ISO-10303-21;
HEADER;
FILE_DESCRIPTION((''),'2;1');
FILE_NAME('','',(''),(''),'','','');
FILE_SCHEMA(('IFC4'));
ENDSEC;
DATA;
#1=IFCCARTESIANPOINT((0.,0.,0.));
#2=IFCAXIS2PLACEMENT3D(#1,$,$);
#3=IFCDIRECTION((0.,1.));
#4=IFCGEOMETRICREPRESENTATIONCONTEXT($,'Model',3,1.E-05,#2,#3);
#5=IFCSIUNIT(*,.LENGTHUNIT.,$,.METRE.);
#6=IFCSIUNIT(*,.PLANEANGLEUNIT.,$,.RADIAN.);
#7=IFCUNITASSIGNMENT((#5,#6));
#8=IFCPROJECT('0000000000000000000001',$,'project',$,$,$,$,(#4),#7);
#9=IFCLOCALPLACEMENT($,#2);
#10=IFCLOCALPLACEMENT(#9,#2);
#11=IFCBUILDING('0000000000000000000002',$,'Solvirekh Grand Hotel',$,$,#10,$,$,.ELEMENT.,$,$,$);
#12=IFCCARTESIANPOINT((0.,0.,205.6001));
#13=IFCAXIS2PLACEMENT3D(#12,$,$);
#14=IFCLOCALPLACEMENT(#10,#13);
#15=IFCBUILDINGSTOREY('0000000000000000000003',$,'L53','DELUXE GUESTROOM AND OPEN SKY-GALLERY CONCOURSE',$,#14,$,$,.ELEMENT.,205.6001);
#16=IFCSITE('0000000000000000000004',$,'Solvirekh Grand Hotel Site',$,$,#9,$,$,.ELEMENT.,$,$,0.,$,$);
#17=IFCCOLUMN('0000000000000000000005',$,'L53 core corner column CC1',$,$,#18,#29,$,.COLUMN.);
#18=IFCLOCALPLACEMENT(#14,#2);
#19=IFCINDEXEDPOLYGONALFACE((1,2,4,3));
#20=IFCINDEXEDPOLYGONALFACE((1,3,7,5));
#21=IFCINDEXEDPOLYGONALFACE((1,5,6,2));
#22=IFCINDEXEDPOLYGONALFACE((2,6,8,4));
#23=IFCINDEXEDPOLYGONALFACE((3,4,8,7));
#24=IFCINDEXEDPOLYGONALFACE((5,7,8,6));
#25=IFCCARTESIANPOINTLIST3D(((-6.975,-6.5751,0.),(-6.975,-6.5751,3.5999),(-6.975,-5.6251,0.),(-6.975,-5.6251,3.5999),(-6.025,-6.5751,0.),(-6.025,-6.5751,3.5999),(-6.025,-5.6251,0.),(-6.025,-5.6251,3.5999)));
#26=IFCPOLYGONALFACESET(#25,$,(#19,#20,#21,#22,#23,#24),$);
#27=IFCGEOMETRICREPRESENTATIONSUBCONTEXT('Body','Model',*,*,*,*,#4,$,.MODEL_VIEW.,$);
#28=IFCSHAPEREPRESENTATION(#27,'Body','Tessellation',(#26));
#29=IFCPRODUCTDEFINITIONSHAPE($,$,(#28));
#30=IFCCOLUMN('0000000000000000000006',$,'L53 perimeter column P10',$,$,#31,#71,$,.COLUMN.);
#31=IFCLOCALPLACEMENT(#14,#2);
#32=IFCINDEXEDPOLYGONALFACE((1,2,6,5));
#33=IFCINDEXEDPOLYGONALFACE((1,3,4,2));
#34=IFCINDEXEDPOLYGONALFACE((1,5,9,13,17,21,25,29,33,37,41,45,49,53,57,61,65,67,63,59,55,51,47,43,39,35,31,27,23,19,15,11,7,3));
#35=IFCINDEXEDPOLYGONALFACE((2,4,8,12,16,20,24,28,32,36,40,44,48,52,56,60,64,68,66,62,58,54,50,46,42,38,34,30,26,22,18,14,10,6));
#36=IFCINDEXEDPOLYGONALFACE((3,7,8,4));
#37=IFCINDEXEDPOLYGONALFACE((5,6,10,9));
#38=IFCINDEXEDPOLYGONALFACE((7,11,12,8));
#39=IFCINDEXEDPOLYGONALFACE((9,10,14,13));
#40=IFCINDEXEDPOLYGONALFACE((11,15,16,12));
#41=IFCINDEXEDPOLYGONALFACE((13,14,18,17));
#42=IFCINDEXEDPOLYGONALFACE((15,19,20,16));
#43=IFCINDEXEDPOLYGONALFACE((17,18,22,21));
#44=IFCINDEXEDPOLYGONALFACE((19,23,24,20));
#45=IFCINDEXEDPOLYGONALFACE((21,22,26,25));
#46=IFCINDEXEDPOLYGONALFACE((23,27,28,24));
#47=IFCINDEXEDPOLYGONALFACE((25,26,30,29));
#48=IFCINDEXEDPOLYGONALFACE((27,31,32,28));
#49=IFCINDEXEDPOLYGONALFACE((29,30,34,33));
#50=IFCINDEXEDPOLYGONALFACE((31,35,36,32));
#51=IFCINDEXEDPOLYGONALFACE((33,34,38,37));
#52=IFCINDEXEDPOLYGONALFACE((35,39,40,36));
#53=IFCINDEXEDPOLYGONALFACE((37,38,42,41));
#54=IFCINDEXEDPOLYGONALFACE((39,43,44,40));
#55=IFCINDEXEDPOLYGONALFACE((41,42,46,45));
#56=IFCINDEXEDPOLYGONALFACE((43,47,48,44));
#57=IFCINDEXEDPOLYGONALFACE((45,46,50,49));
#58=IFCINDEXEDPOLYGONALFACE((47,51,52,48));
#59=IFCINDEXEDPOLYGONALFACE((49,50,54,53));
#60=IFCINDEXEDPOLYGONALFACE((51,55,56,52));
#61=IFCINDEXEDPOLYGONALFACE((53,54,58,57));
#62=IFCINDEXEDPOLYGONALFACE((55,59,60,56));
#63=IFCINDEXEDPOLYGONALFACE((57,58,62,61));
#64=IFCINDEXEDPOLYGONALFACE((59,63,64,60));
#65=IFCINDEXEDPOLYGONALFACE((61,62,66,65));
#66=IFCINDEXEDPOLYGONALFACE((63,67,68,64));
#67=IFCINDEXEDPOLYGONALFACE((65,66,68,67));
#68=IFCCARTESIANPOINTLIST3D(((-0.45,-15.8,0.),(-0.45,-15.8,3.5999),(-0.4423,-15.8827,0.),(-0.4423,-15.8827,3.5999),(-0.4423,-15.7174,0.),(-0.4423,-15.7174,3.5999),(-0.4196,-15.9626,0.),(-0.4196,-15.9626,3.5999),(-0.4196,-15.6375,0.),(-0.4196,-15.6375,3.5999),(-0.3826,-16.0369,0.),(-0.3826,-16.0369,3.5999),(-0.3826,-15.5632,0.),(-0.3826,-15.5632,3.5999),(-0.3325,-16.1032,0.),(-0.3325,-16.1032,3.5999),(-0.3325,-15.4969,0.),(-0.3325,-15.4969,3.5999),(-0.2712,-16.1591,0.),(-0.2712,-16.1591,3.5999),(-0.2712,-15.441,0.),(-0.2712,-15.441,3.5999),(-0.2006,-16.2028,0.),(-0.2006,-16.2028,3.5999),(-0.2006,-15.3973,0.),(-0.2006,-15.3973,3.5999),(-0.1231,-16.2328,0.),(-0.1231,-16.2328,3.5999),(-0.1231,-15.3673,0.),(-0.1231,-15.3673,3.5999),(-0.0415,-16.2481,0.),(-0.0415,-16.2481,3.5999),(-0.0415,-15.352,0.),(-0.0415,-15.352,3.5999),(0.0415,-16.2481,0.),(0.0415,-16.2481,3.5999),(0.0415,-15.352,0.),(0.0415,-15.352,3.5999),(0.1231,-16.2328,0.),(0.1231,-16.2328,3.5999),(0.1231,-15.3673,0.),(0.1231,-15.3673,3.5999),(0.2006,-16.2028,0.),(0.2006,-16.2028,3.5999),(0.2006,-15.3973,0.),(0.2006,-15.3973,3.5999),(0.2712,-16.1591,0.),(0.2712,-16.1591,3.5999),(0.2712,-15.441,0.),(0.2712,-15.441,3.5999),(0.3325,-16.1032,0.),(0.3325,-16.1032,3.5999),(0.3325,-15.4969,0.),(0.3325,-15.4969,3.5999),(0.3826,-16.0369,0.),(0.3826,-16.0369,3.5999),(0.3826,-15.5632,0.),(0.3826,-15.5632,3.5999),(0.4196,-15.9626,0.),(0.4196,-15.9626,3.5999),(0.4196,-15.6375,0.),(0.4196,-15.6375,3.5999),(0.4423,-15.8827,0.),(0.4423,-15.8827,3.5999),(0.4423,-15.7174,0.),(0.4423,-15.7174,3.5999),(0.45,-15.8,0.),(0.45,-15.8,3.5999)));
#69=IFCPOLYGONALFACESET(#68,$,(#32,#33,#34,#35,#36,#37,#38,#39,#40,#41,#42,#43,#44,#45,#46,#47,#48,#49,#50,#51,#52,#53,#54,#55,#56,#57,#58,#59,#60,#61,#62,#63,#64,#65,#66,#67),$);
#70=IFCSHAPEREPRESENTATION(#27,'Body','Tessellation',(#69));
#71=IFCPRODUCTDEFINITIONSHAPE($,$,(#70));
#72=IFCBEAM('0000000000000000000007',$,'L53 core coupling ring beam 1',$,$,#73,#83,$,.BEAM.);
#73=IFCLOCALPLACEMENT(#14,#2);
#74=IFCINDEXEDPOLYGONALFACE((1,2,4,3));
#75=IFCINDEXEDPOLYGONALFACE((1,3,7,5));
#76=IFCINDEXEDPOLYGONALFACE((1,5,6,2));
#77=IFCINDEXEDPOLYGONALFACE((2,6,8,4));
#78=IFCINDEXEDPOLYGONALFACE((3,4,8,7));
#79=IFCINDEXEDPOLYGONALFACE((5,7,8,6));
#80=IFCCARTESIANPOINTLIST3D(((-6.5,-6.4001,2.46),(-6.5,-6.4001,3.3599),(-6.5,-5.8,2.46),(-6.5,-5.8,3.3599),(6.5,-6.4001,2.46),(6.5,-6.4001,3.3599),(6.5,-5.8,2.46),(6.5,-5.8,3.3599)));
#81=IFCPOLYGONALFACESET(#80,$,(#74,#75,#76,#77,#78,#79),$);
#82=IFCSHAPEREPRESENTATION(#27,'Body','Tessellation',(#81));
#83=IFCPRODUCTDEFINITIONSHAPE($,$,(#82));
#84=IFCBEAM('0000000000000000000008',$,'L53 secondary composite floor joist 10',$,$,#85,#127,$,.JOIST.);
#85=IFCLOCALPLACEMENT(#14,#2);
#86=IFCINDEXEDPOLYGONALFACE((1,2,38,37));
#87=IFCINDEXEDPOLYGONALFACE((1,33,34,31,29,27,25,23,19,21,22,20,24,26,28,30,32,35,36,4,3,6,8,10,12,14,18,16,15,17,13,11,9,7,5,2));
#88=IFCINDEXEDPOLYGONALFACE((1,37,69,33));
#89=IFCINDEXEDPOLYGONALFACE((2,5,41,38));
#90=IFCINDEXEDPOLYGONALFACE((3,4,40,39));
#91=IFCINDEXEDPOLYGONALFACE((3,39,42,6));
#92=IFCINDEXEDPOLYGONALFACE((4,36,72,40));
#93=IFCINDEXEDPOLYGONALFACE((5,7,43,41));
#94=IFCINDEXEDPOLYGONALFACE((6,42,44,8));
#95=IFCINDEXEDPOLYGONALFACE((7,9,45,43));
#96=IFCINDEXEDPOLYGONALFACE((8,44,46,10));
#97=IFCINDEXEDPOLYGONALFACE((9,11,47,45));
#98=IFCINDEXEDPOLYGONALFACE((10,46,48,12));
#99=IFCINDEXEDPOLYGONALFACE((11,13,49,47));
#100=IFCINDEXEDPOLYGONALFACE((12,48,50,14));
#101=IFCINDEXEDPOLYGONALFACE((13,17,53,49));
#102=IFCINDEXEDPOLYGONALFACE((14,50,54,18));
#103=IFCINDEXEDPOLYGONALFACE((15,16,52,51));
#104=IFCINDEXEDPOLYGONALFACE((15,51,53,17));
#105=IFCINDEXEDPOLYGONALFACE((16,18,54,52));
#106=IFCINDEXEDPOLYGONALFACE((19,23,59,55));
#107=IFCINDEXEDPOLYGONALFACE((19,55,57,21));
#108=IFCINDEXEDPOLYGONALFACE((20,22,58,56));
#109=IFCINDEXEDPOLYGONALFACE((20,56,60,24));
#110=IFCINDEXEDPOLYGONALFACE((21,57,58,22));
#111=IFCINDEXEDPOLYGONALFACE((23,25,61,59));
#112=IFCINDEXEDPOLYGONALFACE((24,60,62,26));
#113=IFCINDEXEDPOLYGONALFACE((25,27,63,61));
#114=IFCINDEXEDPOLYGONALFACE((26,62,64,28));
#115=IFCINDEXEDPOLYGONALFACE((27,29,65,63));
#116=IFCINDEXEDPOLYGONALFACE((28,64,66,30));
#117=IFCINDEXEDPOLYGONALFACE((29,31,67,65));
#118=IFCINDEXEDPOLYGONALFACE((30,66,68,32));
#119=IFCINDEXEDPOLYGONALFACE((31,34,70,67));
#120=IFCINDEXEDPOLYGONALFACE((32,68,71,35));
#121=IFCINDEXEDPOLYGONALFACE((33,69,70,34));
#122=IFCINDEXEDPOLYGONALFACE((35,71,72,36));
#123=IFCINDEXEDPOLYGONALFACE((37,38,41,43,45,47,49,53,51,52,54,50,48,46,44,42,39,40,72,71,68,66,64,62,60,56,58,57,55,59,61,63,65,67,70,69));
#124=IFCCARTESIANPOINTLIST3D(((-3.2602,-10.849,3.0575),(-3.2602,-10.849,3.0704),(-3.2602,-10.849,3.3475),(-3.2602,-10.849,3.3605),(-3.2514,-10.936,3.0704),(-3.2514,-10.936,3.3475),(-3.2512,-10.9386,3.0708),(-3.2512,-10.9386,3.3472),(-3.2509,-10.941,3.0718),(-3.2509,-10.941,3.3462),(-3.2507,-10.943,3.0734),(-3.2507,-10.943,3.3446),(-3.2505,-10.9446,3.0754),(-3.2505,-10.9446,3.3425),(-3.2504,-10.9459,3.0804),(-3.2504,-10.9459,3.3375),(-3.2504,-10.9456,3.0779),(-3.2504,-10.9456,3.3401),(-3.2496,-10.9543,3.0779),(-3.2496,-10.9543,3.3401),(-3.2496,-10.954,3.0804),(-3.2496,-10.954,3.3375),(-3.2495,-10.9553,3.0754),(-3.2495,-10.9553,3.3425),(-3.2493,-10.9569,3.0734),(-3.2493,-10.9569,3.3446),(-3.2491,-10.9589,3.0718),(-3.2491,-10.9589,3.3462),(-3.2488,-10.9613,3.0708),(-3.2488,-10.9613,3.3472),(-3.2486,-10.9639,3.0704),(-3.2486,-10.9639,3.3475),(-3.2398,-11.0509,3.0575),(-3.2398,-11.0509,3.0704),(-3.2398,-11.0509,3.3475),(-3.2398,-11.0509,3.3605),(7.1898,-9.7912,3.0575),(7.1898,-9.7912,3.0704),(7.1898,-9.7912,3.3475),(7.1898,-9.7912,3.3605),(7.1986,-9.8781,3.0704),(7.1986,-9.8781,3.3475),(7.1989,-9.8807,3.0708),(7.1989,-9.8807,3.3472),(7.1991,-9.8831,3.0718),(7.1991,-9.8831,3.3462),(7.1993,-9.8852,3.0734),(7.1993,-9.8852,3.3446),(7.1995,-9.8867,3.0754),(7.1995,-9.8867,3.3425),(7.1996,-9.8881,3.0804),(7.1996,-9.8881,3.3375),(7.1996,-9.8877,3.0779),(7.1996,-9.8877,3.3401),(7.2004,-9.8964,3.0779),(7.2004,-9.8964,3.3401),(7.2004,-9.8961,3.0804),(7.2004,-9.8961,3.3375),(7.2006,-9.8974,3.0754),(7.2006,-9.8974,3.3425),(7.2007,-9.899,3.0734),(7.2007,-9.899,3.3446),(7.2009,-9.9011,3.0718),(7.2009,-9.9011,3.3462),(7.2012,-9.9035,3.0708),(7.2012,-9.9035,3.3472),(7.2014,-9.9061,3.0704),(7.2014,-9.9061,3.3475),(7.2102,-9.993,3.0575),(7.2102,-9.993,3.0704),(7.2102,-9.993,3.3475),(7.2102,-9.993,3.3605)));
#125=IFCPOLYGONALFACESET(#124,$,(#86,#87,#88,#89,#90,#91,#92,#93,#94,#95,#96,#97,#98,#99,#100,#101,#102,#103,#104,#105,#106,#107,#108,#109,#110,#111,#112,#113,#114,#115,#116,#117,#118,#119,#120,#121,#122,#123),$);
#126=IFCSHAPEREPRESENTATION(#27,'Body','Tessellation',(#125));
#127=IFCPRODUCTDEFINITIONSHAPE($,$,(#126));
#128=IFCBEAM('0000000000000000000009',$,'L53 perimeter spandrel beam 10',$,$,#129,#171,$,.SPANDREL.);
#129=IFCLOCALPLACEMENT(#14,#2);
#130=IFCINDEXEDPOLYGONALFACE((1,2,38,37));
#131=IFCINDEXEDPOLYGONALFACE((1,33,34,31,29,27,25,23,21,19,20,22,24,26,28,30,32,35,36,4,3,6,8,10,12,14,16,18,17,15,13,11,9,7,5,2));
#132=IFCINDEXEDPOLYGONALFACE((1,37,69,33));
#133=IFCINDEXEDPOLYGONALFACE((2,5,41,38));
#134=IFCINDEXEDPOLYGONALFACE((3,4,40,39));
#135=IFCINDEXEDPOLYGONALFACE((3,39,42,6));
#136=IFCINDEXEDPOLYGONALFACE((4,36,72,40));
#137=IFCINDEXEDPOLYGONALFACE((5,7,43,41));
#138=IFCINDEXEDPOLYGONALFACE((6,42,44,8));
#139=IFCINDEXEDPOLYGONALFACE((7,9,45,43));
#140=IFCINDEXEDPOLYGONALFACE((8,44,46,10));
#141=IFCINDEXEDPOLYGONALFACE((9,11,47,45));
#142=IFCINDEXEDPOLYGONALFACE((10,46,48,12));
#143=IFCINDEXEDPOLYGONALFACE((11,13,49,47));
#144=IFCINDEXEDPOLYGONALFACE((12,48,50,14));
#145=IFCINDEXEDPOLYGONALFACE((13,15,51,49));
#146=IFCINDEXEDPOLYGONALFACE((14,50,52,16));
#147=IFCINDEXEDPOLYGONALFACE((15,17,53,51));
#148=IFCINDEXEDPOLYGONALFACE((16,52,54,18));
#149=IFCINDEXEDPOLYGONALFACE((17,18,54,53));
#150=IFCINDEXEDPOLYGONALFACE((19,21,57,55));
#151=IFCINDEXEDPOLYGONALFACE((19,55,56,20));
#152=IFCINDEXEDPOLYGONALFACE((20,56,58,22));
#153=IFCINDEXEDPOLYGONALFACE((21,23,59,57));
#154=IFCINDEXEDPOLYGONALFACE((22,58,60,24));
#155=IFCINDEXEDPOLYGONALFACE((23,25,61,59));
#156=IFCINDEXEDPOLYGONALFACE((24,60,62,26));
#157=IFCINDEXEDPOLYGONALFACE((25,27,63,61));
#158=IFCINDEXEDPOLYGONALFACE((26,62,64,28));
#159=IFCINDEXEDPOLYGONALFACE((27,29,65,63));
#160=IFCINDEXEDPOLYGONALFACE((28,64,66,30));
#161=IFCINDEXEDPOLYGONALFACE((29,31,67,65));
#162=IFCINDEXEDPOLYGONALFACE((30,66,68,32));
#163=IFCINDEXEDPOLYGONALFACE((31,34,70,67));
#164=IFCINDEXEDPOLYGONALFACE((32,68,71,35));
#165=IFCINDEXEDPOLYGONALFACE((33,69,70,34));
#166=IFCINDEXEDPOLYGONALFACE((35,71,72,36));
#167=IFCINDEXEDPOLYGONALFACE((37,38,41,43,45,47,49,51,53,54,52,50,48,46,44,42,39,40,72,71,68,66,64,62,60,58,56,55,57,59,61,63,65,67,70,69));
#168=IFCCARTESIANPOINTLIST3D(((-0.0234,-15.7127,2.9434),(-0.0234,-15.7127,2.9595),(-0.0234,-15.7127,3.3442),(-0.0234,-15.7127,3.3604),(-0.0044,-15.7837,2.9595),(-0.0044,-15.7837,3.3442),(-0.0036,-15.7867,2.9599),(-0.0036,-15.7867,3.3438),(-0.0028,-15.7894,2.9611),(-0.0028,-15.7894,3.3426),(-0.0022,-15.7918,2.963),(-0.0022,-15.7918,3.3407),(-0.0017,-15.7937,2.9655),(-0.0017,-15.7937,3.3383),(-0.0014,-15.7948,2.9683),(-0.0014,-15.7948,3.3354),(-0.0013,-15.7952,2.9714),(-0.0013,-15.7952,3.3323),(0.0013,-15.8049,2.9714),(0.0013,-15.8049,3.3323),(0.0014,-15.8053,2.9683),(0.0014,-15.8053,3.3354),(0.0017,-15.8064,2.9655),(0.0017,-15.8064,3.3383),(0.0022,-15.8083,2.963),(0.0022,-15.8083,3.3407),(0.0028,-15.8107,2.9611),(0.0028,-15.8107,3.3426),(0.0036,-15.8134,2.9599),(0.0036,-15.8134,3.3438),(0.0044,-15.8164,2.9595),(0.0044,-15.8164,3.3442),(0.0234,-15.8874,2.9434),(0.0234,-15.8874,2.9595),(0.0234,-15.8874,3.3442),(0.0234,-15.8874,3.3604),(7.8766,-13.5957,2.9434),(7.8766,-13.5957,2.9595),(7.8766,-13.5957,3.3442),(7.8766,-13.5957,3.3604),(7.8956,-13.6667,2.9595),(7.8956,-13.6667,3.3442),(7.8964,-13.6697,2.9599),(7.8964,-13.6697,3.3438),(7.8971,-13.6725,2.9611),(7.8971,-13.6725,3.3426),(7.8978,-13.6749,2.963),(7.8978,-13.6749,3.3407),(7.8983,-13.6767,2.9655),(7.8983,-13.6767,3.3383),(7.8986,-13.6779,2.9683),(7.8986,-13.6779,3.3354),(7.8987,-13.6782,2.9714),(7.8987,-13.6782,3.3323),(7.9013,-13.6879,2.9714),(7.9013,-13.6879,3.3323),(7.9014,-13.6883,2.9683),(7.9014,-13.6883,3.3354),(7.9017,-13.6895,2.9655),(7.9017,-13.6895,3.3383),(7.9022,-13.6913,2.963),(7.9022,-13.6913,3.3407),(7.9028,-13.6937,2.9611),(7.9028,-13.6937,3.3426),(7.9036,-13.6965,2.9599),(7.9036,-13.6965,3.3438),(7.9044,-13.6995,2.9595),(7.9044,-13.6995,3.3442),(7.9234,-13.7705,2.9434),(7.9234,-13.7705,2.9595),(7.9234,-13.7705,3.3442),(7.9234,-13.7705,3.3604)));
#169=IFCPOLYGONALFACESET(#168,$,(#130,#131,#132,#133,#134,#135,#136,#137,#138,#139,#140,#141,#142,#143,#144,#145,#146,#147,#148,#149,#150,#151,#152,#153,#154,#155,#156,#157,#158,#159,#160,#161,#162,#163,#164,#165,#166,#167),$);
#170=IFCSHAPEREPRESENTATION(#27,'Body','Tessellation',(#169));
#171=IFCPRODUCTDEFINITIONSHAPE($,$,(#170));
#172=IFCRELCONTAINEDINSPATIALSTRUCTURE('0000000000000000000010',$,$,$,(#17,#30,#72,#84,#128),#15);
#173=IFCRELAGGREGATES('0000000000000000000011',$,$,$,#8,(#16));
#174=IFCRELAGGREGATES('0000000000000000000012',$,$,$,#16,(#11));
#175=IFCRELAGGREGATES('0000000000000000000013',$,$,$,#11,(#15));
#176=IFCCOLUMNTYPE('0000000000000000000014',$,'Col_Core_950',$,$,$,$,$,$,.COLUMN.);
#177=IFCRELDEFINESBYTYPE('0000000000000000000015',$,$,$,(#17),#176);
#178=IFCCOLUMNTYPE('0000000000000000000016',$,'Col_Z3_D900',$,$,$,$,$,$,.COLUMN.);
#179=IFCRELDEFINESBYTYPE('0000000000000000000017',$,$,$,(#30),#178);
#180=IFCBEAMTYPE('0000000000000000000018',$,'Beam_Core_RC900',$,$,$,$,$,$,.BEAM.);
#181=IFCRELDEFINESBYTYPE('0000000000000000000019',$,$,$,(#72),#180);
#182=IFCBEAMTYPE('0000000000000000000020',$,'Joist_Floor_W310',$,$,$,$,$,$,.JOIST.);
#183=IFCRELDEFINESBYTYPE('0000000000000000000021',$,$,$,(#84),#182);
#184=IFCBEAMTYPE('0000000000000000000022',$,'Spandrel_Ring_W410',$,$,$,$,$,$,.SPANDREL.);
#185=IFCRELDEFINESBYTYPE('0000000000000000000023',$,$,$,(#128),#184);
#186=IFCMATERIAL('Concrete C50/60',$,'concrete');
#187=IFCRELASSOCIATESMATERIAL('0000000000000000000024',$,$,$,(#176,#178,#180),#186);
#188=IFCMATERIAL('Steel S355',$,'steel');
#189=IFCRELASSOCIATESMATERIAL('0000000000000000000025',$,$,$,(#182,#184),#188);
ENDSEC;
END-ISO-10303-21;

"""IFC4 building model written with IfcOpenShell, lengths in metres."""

from ifc_helpers import new_model, si_unit, direction, frame, origin, origin_2d, place, context, subcontext, project, spatial, rectangle, circle, i_section, extrude, material, material_profile, profile_set, type_object, element, save


model = new_model("IFC4")

# Units and contexts
model_context = context("Model", 3, precision=1e-05, world=origin(), true_north=direction((0.0, 1.0)))
body_context = subcontext(model_context, "Body", "Model", "MODEL_VIEW")
ifc_project = project(units=[si_unit("LENGTHUNIT", "METRE"), si_unit("PLANEANGLEUNIT", "RADIAN")], contexts=[model_context])

# Site, building, storey
site_placement = place(None, origin())
site = spatial("IfcSite", under=ifc_project, at=site_placement, Name="Solvirekh Grand Hotel Site", CompositionType="ELEMENT", RefElevation=0.0)
building_placement = place(site_placement, origin())
building = spatial("IfcBuilding", under=site, at=building_placement, Name="Solvirekh Grand Hotel", CompositionType="ELEMENT")
storey_placement = place(building_placement, frame((0.0, 0.0, 205.6001)))
storey = spatial("IfcBuildingStorey", under=building, at=storey_placement, Name="L53", Description="DELUXE GUESTROOM AND OPEN SKY-GALLERY CONCOURSE", CompositionType="ELEMENT", Elevation=205.6001)

# Columns
ifc_material_1 = material(Name="Concrete C50/60", Category="concrete")
ifc_material_profile_1 = material_profile(ifc_material_1, rectangle(XDim=0.95, YDim=0.95, at=origin_2d()), Name="RC 950X950")
ifc_profile_set_1 = profile_set([ifc_material_profile_1], Name="Concrete C50/60")
column_type_1 = type_object("IfcColumnType", Name="Col_Core_950", PredefinedType="COLUMN", material=ifc_profile_set_1)
column_1_placement = place(storey_placement, frame((-6.5, -6.1001, 0.0), z_axis=(0.0, 0.0, 1.0), x_axis=(1.0, 0.0, 0.0)))
element("IfcColumn", 1, at=column_1_placement, inside=storey, type_object=column_type_1, Name="L53 core corner column CC1", PredefinedType="COLUMN", context=body_context, shape_type="SweptSolid", body=[
    extrude(rectangle(XDim=0.95, YDim=0.95, at=origin_2d()), origin(), (0.0, 0.0, 1.0), 3.5999),
])
ifc_material_profile_2 = material_profile(ifc_material_1, circle(Radius=0.45, at=origin_2d()), Name="RC CIRC D900")
ifc_profile_set_2 = profile_set([ifc_material_profile_2], Name="Concrete C50/60")
column_type_2 = type_object("IfcColumnType", Name="Col_Z3_D900", PredefinedType="COLUMN", material=ifc_profile_set_2)
column_2_placement = place(storey_placement, frame((0.0, -15.8, 0.0), z_axis=(0.0, 0.0, 1.0), x_axis=(1.0, 0.0, 0.0)))
element("IfcColumn", 2, at=column_2_placement, inside=storey, type_object=column_type_2, Name="L53 perimeter column P10", PredefinedType="COLUMN", context=body_context, shape_type="SweptSolid", body=[
    extrude(circle(Radius=0.45, at=origin_2d()), origin(), (0.0, 0.0, 1.0), 3.5999),
])

# Beams
ifc_material_profile_3 = material_profile(ifc_material_1, rectangle(XDim=0.6001, YDim=0.8999, at=origin_2d()), Name="RC BEAM 600X900")
ifc_profile_set_3 = profile_set([ifc_material_profile_3], Name="Concrete C50/60")
beam_type_1 = type_object("IfcBeamType", Name="Beam_Core_RC900", PredefinedType="BEAM", material=ifc_profile_set_3)
beam_1_placement = place(storey_placement, frame((-6.5, -6.1001, 2.9099), z_axis=(1.0, 0.0, 0.0), x_axis=(0.0, 1.0, 0.0)))
element("IfcBeam", 3, at=beam_1_placement, inside=storey, type_object=beam_type_1, Name="L53 core coupling ring beam 1", PredefinedType="BEAM", context=body_context, shape_type="SweptSolid", body=[
    extrude(rectangle(XDim=0.6001, YDim=0.8999, at=origin_2d()), origin(), (0.0, 0.0, 1.0), 13.0),
])
ifc_material_2 = material(Name="Steel S355", Category="steel")
ifc_material_profile_4 = material_profile(ifc_material_2, i_section(OverallWidth=0.2029, OverallDepth=0.303, WebThickness=0.0081, FlangeThickness=0.0129, FilletRadius=0.01, at=origin_2d()), Name="W310X60")
ifc_profile_set_4 = profile_set([ifc_material_profile_4], Name="Steel S355")
beam_type_2 = type_object("IfcBeamType", Name="Joist_Floor_W310", PredefinedType="JOIST", material=ifc_profile_set_4)
beam_2_placement = place(storey_placement, frame((-3.25, -10.95, 3.209), z_axis=(0.994915, 0.100716, 0.0), x_axis=(-0.100716, 0.994915, 0.0)))
element("IfcBeam", 4, at=beam_2_placement, inside=storey, type_object=beam_type_2, Name="L53 secondary composite floor joist 10", PredefinedType="JOIST", context=body_context, shape_type="SweptSolid", body=[
    extrude(i_section(OverallWidth=0.2029, OverallDepth=0.303, WebThickness=0.0081, FlangeThickness=0.0129, FilletRadius=0.01, at=origin_2d()), origin(), (0.0, 0.0, 1.0), 10.5034),
])
ifc_material_profile_5 = material_profile(ifc_material_2, i_section(OverallWidth=0.1809, OverallDepth=0.417, WebThickness=0.01, FlangeThickness=0.0161, FilletRadius=0.012, at=origin_2d()), Name="W410X85")
ifc_profile_set_5 = profile_set([ifc_material_profile_5], Name="Steel S355")
beam_type_3 = type_object("IfcBeamType", Name="Spandrel_Ring_W410", PredefinedType="SPANDREL", material=ifc_profile_set_5)
beam_3_placement = place(storey_placement, frame((0.0, -15.8, 3.1519), z_axis=(0.965921, 0.258839, 0.0), x_axis=(-0.258839, 0.965921, 0.0)))
element("IfcBeam", 5, at=beam_3_placement, inside=storey, type_object=beam_type_3, Name="L53 perimeter spandrel beam 10", PredefinedType="SPANDREL", context=body_context, shape_type="SweptSolid", body=[
    extrude(i_section(OverallWidth=0.1809, OverallDepth=0.417, WebThickness=0.01, FlangeThickness=0.0161, FilletRadius=0.012, at=origin_2d()), origin(), (0.0, 0.0, 1.0), 8.1787),
])

save(model, "model.ifc")
